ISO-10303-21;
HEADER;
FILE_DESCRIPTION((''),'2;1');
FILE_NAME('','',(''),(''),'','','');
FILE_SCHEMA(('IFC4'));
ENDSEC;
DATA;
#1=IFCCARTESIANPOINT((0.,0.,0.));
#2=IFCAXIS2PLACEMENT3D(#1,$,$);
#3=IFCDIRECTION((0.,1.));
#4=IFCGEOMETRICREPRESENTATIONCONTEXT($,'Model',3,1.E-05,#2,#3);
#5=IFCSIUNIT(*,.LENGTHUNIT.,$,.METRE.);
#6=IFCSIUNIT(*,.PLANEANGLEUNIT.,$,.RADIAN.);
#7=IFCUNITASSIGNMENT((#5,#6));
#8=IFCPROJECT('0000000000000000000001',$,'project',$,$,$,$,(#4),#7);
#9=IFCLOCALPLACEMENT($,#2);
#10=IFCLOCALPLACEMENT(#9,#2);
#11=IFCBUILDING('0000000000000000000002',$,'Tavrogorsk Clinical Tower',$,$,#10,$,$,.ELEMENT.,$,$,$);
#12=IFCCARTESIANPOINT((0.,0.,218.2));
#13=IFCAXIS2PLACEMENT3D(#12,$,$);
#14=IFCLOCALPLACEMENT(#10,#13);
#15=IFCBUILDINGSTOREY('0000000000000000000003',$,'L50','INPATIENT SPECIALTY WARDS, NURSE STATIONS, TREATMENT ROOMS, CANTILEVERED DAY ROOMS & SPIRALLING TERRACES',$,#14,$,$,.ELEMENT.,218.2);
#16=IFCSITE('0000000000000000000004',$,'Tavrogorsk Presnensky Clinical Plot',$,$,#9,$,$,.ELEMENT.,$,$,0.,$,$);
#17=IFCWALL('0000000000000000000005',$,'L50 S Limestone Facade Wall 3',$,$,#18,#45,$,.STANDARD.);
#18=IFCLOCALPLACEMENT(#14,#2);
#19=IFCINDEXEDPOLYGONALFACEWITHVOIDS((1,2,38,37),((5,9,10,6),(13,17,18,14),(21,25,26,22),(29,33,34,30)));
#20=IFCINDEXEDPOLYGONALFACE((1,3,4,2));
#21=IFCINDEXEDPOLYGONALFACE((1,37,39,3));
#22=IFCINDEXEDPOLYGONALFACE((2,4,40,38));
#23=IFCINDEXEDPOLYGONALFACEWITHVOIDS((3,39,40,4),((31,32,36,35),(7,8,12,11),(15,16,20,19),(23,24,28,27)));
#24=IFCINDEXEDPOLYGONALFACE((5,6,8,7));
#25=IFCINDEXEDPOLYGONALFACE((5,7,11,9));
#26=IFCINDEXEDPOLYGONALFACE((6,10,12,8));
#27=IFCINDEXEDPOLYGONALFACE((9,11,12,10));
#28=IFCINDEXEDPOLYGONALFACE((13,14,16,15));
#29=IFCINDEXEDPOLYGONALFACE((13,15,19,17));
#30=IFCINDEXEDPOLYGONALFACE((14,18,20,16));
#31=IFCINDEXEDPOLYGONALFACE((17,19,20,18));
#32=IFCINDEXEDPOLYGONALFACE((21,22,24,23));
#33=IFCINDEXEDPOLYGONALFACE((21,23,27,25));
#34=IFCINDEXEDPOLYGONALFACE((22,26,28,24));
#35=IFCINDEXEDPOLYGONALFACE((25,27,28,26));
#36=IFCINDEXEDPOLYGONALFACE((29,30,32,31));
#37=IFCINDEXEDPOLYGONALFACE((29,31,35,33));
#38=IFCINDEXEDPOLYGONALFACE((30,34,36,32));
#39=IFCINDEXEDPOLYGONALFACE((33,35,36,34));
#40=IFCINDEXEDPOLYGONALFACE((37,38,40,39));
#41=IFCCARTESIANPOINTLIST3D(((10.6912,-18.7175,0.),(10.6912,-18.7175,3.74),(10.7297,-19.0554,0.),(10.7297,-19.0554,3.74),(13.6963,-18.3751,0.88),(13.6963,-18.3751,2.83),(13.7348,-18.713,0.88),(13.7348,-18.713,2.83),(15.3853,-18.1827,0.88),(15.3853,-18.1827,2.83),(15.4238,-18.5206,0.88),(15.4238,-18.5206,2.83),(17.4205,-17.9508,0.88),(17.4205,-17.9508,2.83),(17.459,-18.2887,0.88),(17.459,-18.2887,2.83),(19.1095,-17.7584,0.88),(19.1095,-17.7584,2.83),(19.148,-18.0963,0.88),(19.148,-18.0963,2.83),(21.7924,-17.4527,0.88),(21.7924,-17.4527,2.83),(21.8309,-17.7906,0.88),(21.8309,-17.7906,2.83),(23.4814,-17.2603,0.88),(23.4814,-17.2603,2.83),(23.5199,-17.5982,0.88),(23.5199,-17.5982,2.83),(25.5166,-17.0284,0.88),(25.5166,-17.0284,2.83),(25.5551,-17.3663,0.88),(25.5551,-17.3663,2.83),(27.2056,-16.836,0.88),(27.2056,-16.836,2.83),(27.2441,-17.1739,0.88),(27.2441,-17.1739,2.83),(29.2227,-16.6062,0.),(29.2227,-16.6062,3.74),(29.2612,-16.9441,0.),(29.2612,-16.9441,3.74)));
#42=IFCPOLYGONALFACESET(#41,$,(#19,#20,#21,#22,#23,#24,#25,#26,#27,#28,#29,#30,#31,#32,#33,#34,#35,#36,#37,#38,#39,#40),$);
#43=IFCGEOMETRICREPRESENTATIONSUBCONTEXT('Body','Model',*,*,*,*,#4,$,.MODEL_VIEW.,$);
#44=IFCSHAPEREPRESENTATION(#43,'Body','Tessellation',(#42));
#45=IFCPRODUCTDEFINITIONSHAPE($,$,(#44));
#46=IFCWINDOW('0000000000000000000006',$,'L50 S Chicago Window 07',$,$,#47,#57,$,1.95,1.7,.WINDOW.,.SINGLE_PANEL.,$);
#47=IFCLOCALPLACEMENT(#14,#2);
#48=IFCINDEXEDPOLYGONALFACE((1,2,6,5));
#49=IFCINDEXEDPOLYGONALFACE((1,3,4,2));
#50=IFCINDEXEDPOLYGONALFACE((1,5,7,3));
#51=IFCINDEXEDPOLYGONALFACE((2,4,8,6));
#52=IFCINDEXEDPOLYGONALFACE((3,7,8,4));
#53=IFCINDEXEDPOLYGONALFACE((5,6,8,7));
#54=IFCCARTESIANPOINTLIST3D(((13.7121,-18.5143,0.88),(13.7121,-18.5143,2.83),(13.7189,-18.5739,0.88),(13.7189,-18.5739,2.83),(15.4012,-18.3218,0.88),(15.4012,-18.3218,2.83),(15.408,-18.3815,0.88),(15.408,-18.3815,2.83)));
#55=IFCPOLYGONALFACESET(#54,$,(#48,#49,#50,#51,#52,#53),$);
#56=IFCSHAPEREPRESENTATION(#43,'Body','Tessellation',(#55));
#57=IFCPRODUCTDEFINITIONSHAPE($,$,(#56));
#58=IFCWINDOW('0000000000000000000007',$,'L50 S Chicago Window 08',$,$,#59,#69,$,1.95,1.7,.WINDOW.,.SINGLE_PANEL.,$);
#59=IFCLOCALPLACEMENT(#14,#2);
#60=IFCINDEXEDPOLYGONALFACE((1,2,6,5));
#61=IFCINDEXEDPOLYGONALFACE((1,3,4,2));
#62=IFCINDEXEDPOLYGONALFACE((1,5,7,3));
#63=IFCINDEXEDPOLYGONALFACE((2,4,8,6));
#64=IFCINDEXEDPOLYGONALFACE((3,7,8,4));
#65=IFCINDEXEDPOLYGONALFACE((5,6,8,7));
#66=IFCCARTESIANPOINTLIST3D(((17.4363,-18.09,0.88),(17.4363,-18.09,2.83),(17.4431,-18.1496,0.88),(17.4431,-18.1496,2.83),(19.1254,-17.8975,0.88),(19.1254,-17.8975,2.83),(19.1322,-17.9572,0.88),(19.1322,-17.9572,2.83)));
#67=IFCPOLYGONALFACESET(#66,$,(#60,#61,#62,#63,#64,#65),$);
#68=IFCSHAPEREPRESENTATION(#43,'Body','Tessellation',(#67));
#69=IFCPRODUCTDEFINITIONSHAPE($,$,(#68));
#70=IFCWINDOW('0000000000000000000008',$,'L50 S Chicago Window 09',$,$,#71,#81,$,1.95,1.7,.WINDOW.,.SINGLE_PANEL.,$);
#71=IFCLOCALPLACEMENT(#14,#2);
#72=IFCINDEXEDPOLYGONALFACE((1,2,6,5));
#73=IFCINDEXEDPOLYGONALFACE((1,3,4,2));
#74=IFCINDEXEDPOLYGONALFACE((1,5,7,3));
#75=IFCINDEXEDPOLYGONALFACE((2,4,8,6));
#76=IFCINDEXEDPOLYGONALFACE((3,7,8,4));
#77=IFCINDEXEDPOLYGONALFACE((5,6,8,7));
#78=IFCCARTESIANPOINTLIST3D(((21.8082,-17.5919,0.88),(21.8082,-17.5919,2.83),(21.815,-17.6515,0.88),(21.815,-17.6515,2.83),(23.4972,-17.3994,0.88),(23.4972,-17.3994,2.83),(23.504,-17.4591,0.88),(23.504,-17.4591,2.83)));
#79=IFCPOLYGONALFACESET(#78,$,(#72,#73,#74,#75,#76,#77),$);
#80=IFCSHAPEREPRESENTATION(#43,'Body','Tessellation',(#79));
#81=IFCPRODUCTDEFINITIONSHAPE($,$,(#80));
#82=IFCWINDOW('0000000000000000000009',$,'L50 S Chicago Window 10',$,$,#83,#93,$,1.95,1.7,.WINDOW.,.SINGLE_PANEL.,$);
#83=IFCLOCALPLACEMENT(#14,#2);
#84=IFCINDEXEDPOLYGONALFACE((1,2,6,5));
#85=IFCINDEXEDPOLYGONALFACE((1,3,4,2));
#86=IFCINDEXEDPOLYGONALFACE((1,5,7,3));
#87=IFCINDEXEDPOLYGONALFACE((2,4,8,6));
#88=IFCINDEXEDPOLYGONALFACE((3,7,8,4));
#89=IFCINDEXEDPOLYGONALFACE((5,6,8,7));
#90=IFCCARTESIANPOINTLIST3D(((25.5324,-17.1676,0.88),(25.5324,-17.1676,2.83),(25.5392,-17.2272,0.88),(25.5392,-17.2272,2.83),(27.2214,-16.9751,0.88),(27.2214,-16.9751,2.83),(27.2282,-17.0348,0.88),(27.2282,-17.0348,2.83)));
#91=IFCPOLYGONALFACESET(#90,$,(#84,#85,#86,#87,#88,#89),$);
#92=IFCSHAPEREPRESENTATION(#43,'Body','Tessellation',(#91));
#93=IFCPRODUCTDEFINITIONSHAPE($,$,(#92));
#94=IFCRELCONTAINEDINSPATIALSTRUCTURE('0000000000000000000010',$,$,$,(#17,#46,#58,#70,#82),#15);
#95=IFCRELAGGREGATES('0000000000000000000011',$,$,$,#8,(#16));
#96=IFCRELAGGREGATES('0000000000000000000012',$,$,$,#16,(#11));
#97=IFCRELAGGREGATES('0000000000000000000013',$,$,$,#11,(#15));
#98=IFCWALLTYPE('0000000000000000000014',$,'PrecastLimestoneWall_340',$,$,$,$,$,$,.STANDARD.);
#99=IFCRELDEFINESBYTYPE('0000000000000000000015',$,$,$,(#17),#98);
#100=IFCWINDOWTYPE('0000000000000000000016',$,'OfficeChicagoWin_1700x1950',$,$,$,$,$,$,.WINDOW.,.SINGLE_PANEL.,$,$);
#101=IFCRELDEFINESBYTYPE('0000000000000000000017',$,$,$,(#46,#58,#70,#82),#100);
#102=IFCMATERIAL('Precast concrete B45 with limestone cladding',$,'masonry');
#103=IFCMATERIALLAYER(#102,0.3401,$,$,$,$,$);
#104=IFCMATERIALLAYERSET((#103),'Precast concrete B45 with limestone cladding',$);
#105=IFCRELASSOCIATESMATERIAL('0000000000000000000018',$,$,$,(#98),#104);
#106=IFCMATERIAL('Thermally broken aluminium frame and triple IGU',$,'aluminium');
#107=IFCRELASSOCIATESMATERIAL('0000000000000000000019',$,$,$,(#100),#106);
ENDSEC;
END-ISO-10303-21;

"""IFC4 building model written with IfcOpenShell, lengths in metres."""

from ifc_helpers import new_model, si_unit, direction, frame, frame_2d, origin, place, context, subcontext, project, spatial, rectangle, extrude, material, layer, layer_set, type_object, element, fill, save


model = new_model("IFC4")

# Units and contexts
model_context = context("Model", 3, precision=1e-05, world=origin(), true_north=direction((0.0, 1.0)))
body_context = subcontext(model_context, "Body", "Model", "MODEL_VIEW")
ifc_project = project(units=[si_unit("LENGTHUNIT", "METRE"), si_unit("PLANEANGLEUNIT", "RADIAN")], contexts=[model_context])

# Site, building, storey
site_placement = place(None, origin())
site = spatial("IfcSite", under=ifc_project, at=site_placement, Name="Tavrogorsk Presnensky Clinical Plot", CompositionType="ELEMENT", RefElevation=0.0)
building_placement = place(site_placement, origin())
building = spatial("IfcBuilding", under=site, at=building_placement, Name="Tavrogorsk Clinical Tower", CompositionType="ELEMENT")
storey_placement = place(building_placement, frame((0.0, 0.0, 218.2)))
storey = spatial("IfcBuildingStorey", under=building, at=storey_placement, Name="L50", Description="INPATIENT SPECIALTY WARDS, NURSE STATIONS, TREATMENT ROOMS, CANTILEVERED DAY ROOMS & SPIRALLING TERRACES", CompositionType="ELEMENT", Elevation=218.2)

# Wall, openings, windows
ifc_material_1 = material(Name="Precast concrete B45 with limestone cladding", Category="masonry")
ifc_layer_1 = layer(ifc_material_1, 0.3401)
ifc_layer_set_1 = layer_set([ifc_layer_1], Name="Precast concrete B45 with limestone cladding")
wall_type_1 = type_object("IfcWallType", Name="PrecastLimestoneWall_340", PredefinedType="STANDARD", material=ifc_layer_set_1)
wall_1_placement = place(storey_placement, frame((10.7104, -18.8865, 0.0), z_axis=(0.0, 0.0, 1.0), x_axis=(0.993572, 0.1132, 0.0)))
wall_1 = element("IfcWall", 1, at=wall_1_placement, inside=storey, type_object=wall_type_1, Name="L50 S Limestone Facade Wall 3", PredefinedType="STANDARD", context=body_context, shape_type="SweptSolid", body=[
    extrude(rectangle(XDim=18.6514, YDim=0.3401, at=frame_2d((9.3257, 0.0))), origin(), (0.0, 0.0, 1.0), 3.74),
])
opening_1_placement = place(wall_1_placement, frame((3.0244, 0.0, 0.8799)))
opening_1 = element("IfcOpeningElement", 2, at=opening_1_placement, cuts=wall_1, PredefinedType="OPENING", context=body_context, shape_type="SweptSolid", body=[
    extrude(rectangle(XDim=1.7, YDim=1.95, at=frame_2d((0.8501, 0.9751))), frame((0.0, 0.1799, 0.0), z_axis=(0.0, -1.0, 0.0), x_axis=(1.0, 0.0, 0.0)), (0.0, 0.0, 1.0), 0.3601),
])
opening_2_placement = place(wall_1_placement, frame((6.7727, 0.0, 0.8799)))
opening_2 = element("IfcOpeningElement", 3, at=opening_2_placement, cuts=wall_1, PredefinedType="OPENING", context=body_context, shape_type="SweptSolid", body=[
    extrude(rectangle(XDim=1.7, YDim=1.95, at=frame_2d((0.8501, 0.9751))), frame((0.0, 0.1799, 0.0), z_axis=(0.0, -1.0, 0.0), x_axis=(1.0, 0.0, 0.0)), (0.0, 0.0, 1.0), 0.3601),
])
opening_3_placement = place(wall_1_placement, frame((11.1729, 0.0, 0.8799)))
opening_3 = element("IfcOpeningElement", 4, at=opening_3_placement, cuts=wall_1, PredefinedType="OPENING", context=body_context, shape_type="SweptSolid", body=[
    extrude(rectangle(XDim=1.7, YDim=1.95, at=frame_2d((0.8501, 0.9751))), frame((0.0, 0.1799, 0.0), z_axis=(0.0, -1.0, 0.0), x_axis=(1.0, 0.0, 0.0)), (0.0, 0.0, 1.0), 0.3601),
])
opening_4_placement = place(wall_1_placement, frame((14.9211, 0.0, 0.8799)))
opening_4 = element("IfcOpeningElement", 5, at=opening_4_placement, cuts=wall_1, PredefinedType="OPENING", context=body_context, shape_type="SweptSolid", body=[
    extrude(rectangle(XDim=1.7, YDim=1.95, at=frame_2d((0.8501, 0.9751))), frame((0.0, 0.1799, 0.0), z_axis=(0.0, -1.0, 0.0), x_axis=(1.0, 0.0, 0.0)), (0.0, 0.0, 1.0), 0.3601),
])
ifc_material_2 = material(Name="Thermally broken aluminium frame and triple IGU", Category="aluminium")
window_type = type_object("IfcWindowType", Name="OfficeChicagoWin_1700x1950", PartitioningType="SINGLE_PANEL", PredefinedType="WINDOW", material=ifc_material_2)
window_1_placement = place(opening_1_placement, origin())
window_1 = element("IfcWindow", 6, at=window_1_placement, inside=storey, type_object=window_type, Name="L50 S Chicago Window 07", OverallHeight=1.95, OverallWidth=1.7, PartitioningType="SINGLE_PANEL", PredefinedType="WINDOW", context=body_context, shape_type="SweptSolid", body=[
    extrude(rectangle(XDim=1.7, YDim=1.95, at=frame_2d((0.8501, 0.9751))), frame((0.0, 0.03, 0.0), z_axis=(0.0, -1.0, 0.0), x_axis=(1.0, 0.0, 0.0)), (0.0, 0.0, 1.0), 0.0601),
])
fill(opening_1, window_1)
window_2_placement = place(opening_2_placement, origin())
window_2 = element("IfcWindow", 7, at=window_2_placement, inside=storey, type_object=window_type, Name="L50 S Chicago Window 08", OverallHeight=1.95, OverallWidth=1.7, PartitioningType="SINGLE_PANEL", PredefinedType="WINDOW", context=body_context, shape_type="SweptSolid", body=[
    extrude(rectangle(XDim=1.7, YDim=1.95, at=frame_2d((0.8501, 0.9751))), frame((0.0, 0.03, 0.0), z_axis=(0.0, -1.0, 0.0), x_axis=(1.0, 0.0, 0.0)), (0.0, 0.0, 1.0), 0.0601),
])
fill(opening_2, window_2)
window_3_placement = place(opening_3_placement, origin())
window_3 = element("IfcWindow", 8, at=window_3_placement, inside=storey, type_object=window_type, Name="L50 S Chicago Window 09", OverallHeight=1.95, OverallWidth=1.7, PartitioningType="SINGLE_PANEL", PredefinedType="WINDOW", context=body_context, shape_type="SweptSolid", body=[
    extrude(rectangle(XDim=1.7, YDim=1.95, at=frame_2d((0.8501, 0.9751))), frame((0.0, 0.03, 0.0), z_axis=(0.0, -1.0, 0.0), x_axis=(1.0, 0.0, 0.0)), (0.0, 0.0, 1.0), 0.0601),
])
fill(opening_3, window_3)
window_4_placement = place(opening_4_placement, origin())
window_4 = element("IfcWindow", 9, at=window_4_placement, inside=storey, type_object=window_type, Name="L50 S Chicago Window 10", OverallHeight=1.95, OverallWidth=1.7, PartitioningType="SINGLE_PANEL", PredefinedType="WINDOW", context=body_context, shape_type="SweptSolid", body=[
    extrude(rectangle(XDim=1.7, YDim=1.95, at=frame_2d((0.8501, 0.9751))), frame((0.0, 0.03, 0.0), z_axis=(0.0, -1.0, 0.0), x_axis=(1.0, 0.0, 0.0)), (0.0, 0.0, 1.0), 0.0601),
])
fill(opening_4, window_4)

save(model, "model.ifc")
